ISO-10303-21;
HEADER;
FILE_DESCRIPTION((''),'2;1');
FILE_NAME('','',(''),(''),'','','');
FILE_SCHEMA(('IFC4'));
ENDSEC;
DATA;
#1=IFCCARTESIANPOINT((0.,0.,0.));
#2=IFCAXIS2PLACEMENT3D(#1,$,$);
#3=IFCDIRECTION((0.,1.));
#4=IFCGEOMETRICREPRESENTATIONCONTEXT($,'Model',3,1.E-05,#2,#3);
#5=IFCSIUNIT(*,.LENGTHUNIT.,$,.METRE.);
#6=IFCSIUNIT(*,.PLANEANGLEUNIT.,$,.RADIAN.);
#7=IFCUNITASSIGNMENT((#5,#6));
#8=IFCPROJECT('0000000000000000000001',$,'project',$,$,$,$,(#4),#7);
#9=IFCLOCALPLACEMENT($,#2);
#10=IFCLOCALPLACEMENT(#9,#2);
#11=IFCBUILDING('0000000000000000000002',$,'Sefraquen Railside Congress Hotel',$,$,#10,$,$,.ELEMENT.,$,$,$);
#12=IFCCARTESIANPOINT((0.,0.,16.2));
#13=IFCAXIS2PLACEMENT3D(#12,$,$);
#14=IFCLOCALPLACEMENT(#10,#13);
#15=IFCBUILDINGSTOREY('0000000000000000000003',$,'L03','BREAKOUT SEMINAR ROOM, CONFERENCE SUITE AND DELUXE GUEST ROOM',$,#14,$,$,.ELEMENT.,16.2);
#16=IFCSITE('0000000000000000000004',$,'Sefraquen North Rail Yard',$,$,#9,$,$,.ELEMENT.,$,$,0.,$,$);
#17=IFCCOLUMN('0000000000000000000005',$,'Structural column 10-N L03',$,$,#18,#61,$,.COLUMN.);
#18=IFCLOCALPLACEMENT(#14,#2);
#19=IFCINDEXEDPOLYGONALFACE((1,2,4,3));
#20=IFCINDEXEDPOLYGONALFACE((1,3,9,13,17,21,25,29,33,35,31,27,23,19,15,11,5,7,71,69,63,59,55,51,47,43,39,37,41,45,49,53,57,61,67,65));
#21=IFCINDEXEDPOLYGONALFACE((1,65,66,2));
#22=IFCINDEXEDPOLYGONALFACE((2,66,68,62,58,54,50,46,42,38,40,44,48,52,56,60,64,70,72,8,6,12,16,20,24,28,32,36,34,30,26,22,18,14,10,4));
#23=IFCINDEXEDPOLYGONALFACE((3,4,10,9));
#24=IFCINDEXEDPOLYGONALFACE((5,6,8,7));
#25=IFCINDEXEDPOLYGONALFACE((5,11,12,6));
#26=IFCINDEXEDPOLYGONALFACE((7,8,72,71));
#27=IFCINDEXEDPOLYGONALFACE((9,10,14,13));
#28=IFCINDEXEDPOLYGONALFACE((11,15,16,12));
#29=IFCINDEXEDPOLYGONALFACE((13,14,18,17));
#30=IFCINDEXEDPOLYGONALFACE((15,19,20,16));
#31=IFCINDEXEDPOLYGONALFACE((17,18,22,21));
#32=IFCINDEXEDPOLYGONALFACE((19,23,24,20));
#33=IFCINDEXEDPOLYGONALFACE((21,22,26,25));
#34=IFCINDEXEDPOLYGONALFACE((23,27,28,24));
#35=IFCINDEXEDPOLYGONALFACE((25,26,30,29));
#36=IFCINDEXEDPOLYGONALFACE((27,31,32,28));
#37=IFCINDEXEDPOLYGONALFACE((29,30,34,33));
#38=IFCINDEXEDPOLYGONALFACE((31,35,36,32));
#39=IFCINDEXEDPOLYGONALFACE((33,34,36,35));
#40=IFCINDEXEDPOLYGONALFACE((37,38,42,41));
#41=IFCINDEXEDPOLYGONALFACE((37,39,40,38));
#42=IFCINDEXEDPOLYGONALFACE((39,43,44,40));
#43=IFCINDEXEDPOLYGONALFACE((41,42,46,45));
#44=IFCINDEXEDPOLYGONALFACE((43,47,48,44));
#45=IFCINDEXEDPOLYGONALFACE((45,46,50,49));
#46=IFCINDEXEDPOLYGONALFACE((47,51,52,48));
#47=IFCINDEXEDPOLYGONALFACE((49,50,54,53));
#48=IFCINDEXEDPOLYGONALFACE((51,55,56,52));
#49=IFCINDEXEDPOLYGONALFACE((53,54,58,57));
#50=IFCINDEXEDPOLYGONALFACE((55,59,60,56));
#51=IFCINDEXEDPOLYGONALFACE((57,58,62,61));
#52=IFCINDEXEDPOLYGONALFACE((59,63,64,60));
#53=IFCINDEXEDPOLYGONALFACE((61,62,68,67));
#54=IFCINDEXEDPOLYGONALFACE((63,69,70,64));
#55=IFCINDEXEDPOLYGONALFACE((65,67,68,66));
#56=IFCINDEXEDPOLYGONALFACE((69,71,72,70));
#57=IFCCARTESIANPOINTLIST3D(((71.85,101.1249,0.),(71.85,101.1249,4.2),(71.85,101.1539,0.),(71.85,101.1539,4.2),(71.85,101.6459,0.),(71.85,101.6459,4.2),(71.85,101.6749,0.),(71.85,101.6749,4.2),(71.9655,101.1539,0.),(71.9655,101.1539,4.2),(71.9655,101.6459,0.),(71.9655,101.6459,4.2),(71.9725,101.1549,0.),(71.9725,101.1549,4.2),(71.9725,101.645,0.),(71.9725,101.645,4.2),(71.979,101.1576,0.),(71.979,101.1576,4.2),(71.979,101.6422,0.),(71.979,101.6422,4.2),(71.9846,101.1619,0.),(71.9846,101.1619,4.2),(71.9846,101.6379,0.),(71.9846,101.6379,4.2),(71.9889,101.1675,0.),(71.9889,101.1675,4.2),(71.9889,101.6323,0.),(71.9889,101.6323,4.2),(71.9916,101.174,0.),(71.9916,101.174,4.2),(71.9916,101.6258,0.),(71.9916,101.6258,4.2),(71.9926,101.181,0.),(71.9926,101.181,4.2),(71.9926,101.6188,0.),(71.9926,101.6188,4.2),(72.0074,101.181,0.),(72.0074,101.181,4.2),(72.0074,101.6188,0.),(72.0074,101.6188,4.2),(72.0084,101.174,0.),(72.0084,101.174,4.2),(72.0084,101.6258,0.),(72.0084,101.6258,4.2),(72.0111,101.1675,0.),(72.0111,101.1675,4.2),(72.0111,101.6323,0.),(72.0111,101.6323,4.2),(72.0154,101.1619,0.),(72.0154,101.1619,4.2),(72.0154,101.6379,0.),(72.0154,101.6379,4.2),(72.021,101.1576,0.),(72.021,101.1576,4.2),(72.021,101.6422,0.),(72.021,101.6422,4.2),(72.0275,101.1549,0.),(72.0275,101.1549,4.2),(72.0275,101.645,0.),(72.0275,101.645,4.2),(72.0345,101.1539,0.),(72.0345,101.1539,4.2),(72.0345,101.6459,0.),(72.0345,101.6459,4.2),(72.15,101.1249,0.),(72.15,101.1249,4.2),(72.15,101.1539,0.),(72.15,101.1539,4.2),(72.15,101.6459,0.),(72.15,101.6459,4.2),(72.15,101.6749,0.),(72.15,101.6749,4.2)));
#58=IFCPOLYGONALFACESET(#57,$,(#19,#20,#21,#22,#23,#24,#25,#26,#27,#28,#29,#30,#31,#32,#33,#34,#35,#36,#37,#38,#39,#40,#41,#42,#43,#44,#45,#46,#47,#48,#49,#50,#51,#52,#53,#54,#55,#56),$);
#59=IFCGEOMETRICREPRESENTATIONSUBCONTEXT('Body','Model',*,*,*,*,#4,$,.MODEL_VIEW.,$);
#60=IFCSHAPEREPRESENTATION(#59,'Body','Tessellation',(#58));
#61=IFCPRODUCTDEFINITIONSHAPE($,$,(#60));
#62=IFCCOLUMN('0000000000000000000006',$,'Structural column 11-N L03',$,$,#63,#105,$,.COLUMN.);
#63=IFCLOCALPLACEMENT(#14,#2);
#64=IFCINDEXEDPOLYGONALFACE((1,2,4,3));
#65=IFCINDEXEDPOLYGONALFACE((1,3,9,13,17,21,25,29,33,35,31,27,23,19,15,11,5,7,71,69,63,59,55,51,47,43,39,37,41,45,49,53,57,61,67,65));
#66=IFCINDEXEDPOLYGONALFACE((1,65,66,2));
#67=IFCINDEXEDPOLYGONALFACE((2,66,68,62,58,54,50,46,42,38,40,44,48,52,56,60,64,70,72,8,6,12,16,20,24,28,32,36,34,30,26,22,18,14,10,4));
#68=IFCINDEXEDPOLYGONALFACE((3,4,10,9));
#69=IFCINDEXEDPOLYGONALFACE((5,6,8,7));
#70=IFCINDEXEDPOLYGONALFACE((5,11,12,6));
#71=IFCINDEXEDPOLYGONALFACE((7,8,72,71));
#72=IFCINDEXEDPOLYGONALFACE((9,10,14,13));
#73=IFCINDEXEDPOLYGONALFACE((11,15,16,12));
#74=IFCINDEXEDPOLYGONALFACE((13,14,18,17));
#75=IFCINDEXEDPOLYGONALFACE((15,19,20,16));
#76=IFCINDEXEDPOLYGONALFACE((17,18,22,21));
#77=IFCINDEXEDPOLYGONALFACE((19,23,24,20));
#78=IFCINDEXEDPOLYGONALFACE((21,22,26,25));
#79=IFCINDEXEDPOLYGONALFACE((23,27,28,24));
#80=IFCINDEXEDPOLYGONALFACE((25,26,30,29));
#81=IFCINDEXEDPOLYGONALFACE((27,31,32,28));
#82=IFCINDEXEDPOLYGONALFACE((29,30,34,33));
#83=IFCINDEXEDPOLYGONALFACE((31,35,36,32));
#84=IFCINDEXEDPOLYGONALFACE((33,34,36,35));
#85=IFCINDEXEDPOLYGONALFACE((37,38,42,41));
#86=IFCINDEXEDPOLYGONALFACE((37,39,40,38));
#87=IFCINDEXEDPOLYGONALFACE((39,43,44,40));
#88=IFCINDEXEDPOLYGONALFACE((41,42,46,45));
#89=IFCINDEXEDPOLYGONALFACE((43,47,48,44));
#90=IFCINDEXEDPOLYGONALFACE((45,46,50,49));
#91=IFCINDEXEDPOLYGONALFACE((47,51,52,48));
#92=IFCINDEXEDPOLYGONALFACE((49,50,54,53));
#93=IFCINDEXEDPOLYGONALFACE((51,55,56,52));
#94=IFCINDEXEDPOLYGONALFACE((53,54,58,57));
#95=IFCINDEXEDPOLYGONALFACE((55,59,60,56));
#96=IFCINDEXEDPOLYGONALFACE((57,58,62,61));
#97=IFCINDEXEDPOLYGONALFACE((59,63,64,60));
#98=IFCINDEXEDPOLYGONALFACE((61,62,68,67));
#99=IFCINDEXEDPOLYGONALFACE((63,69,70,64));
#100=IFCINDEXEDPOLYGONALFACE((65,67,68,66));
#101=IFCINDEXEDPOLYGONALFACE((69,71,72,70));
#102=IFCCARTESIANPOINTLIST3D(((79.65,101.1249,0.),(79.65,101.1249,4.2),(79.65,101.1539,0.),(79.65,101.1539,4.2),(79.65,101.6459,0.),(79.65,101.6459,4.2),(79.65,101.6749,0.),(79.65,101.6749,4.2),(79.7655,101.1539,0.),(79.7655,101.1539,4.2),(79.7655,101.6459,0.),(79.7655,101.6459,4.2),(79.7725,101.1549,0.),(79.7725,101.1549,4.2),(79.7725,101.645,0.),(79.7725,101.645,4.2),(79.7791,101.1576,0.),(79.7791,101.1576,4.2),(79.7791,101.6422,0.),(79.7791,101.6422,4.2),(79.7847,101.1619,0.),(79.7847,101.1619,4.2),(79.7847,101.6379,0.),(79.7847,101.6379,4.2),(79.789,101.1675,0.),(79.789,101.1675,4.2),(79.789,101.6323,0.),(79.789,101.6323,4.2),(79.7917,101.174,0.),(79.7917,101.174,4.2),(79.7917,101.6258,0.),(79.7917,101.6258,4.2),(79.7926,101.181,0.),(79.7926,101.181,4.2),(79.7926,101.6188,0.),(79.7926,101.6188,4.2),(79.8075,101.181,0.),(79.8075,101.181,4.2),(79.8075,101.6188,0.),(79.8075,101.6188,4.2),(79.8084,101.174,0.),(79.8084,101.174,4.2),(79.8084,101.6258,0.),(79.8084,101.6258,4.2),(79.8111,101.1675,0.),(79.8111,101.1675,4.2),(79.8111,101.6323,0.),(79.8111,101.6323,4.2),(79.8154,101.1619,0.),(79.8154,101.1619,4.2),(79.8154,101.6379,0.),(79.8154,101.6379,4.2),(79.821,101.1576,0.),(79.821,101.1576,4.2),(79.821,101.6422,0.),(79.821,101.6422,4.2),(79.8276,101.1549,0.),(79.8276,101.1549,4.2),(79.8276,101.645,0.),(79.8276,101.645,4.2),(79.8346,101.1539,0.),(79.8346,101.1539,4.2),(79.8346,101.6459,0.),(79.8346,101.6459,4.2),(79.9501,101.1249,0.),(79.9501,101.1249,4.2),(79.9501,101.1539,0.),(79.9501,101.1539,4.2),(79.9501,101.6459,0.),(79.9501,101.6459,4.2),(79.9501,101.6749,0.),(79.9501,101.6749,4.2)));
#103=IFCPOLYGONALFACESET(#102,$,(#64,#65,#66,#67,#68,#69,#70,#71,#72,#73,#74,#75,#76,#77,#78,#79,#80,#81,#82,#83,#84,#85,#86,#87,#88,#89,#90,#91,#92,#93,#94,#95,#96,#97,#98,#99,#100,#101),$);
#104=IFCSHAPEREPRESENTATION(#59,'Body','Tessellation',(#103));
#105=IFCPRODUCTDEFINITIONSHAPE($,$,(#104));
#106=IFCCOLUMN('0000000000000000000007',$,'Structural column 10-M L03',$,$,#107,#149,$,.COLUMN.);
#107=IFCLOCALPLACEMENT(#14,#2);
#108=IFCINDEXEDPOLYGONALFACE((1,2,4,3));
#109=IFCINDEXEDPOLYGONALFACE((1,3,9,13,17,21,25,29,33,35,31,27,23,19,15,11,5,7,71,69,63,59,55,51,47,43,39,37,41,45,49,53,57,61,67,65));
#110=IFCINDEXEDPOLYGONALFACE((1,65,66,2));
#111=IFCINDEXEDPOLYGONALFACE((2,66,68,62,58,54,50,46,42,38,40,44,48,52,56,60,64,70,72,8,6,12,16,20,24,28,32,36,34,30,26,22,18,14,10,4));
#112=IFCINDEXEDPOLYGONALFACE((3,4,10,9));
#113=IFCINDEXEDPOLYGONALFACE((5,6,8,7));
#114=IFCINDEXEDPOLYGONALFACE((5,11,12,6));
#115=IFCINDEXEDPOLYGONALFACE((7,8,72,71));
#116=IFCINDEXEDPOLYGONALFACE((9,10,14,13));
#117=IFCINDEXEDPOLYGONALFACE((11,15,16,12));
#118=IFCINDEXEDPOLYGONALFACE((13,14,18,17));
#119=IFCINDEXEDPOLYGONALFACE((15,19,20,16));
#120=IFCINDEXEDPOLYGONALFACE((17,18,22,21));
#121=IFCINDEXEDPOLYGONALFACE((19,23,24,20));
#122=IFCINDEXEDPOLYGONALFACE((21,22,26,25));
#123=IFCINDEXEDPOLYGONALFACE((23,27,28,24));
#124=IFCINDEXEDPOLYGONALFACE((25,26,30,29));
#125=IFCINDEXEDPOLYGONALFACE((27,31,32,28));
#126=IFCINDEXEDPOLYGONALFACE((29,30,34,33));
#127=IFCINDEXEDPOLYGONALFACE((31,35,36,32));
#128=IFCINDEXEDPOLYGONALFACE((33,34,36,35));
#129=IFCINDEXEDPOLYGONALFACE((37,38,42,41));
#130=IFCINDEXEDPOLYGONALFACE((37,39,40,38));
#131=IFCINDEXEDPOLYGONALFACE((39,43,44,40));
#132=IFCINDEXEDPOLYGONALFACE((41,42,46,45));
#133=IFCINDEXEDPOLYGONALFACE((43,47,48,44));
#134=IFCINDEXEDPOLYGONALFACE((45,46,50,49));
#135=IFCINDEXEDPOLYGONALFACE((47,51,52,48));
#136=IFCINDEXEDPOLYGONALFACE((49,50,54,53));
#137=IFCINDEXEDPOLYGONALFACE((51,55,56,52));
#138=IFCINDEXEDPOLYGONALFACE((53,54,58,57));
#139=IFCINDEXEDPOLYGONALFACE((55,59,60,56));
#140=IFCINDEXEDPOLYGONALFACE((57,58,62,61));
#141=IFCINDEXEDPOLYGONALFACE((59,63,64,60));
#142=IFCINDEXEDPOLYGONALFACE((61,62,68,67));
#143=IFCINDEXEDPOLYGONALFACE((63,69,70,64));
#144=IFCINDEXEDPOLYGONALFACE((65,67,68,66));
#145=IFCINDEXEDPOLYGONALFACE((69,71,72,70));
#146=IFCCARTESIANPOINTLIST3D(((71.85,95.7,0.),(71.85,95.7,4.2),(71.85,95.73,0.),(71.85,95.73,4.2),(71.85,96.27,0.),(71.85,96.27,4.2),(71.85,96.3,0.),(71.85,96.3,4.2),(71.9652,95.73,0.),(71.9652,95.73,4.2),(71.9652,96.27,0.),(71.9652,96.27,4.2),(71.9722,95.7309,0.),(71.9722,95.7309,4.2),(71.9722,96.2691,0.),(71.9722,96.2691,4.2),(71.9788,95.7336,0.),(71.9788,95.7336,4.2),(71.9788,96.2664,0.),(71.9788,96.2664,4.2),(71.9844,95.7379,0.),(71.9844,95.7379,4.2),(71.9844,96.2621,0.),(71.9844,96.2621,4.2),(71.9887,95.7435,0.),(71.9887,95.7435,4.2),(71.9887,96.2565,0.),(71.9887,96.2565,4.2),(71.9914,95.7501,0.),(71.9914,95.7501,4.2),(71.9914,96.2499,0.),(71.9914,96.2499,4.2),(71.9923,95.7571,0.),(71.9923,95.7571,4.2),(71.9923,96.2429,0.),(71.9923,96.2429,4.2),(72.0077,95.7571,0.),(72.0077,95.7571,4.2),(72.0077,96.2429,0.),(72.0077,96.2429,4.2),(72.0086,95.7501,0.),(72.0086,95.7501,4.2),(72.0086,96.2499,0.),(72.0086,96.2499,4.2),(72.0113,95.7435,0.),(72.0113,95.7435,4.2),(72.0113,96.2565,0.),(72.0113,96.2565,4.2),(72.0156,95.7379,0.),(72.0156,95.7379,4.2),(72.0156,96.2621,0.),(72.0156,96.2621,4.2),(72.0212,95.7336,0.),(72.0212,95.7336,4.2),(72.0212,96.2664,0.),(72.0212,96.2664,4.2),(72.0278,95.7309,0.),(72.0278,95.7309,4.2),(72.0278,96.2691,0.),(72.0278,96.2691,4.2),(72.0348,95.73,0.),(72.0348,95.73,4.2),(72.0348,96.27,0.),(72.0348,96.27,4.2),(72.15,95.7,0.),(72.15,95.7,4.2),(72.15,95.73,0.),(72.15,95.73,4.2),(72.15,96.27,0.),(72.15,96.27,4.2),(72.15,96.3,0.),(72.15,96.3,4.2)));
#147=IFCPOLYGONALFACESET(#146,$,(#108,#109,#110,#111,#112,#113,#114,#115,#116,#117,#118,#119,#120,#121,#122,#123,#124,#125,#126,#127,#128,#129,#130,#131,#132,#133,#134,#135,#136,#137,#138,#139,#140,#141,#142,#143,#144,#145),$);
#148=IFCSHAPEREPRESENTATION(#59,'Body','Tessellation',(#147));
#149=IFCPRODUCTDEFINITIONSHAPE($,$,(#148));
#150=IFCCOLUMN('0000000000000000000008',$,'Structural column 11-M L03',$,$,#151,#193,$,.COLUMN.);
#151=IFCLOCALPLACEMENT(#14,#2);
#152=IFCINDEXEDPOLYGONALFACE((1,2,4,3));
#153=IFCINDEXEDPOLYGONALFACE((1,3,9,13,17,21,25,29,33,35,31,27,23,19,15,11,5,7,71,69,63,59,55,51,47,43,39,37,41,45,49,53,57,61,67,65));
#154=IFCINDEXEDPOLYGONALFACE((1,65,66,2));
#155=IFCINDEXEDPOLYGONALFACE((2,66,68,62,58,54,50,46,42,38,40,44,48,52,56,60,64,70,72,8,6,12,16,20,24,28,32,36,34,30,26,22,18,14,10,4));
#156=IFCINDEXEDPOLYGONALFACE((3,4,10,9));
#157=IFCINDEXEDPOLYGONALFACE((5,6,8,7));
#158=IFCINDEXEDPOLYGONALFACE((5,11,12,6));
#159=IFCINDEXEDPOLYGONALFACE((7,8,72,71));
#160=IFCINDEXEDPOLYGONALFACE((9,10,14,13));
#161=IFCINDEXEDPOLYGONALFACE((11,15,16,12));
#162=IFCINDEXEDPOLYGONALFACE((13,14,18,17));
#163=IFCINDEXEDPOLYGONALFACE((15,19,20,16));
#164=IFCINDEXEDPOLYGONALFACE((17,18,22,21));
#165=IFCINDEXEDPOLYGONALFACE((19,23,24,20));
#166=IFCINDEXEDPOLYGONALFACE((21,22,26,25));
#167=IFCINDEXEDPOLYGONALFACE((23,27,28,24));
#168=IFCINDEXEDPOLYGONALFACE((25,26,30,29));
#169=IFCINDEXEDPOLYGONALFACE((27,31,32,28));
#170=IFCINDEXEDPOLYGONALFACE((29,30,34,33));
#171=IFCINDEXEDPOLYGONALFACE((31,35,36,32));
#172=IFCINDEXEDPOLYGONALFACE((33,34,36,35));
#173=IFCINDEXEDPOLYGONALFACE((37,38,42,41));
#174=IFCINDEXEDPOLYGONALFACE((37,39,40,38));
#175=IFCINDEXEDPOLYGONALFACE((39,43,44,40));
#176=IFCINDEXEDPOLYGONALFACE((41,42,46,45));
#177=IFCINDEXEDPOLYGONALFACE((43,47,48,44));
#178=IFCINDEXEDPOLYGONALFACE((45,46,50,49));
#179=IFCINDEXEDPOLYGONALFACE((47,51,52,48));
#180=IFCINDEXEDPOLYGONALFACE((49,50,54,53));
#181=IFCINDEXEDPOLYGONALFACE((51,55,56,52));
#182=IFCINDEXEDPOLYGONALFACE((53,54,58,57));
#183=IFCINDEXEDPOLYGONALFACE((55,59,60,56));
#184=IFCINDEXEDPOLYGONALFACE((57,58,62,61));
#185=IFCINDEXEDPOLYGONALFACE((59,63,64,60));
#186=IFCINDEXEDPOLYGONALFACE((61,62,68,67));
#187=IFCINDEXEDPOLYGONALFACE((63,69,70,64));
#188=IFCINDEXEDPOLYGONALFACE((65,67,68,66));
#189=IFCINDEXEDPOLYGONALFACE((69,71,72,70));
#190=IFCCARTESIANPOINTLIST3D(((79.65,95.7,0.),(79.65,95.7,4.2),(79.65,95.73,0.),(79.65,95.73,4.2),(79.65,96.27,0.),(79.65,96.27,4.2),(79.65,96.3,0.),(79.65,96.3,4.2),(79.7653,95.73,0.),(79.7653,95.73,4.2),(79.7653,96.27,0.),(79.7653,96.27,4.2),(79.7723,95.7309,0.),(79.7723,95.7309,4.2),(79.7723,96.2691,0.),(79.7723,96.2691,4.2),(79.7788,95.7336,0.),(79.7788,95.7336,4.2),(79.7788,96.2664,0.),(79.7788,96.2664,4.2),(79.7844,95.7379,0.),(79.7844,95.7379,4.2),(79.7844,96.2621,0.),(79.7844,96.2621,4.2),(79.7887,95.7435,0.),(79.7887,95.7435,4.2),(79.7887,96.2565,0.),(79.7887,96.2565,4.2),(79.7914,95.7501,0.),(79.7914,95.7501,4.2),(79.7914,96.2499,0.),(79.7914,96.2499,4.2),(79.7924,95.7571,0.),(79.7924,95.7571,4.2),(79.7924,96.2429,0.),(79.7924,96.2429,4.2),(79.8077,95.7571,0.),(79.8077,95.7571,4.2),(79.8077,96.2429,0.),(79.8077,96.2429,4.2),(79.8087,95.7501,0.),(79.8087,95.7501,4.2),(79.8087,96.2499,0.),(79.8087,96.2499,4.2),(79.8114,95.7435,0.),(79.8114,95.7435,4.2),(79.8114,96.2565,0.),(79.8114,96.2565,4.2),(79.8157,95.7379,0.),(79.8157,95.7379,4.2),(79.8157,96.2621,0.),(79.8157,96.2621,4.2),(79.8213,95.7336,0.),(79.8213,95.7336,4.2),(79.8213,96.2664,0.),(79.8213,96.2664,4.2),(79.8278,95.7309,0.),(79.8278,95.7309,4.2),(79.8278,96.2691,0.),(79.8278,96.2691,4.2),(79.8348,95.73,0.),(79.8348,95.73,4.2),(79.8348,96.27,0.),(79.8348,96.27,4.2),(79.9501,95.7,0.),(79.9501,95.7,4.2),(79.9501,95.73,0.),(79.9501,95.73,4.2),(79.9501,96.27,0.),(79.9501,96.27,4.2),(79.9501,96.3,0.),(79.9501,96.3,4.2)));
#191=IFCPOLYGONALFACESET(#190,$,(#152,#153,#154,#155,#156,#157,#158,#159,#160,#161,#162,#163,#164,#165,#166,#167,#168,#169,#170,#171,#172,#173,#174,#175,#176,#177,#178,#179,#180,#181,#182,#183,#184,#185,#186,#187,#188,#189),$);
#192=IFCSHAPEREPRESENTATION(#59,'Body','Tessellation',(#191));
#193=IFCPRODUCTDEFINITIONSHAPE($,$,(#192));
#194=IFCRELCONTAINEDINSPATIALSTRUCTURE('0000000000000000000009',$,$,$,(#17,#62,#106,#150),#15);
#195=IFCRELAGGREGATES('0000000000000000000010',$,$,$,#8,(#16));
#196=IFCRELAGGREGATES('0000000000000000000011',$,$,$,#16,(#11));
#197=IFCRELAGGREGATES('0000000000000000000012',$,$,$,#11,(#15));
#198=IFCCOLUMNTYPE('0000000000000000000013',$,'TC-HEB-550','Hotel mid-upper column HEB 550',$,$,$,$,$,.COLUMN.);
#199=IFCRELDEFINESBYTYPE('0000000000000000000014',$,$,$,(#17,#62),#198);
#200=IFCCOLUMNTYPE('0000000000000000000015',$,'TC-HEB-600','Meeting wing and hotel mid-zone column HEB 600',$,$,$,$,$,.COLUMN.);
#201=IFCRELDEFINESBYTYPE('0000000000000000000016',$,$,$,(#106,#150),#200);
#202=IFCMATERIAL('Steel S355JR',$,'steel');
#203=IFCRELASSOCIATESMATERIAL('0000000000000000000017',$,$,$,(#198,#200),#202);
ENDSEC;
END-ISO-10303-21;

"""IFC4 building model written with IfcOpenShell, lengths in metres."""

from ifc_helpers import new_model, si_unit, direction, frame, origin, origin_2d, place, context, subcontext, project, spatial, i_section, extrude, material, material_profile, profile_set, type_object, element, save


model = new_model("IFC4")

# Units and contexts
model_context = context("Model", 3, precision=1e-05, world=origin(), true_north=direction((0.0, 1.0)))
body_context = subcontext(model_context, "Body", "Model", "MODEL_VIEW")
ifc_project = project(units=[si_unit("LENGTHUNIT", "METRE"), si_unit("PLANEANGLEUNIT", "RADIAN")], contexts=[model_context])

# Site, building, storey
site_placement = place(None, origin())
site = spatial("IfcSite", under=ifc_project, at=site_placement, Name="Sefraquen North Rail Yard", CompositionType="ELEMENT", RefElevation=0.0)
building_placement = place(site_placement, origin())
building = spatial("IfcBuilding", under=site, at=building_placement, Name="Sefraquen Railside Congress Hotel", CompositionType="ELEMENT")
storey_placement = place(building_placement, frame((0.0, 0.0, 16.2)))
storey = spatial("IfcBuildingStorey", under=building, at=storey_placement, Name="L03", Description="BREAKOUT SEMINAR ROOM, CONFERENCE SUITE AND DELUXE GUEST ROOM", CompositionType="ELEMENT", Elevation=16.2)

# Columns
ifc_material_1 = material(Name="Steel S355JR", Category="steel")
ifc_material_profile_1 = material_profile(ifc_material_1, i_section(OverallWidth=0.3, OverallDepth=0.55, WebThickness=0.0149, FlangeThickness=0.0291, FilletRadius=0.0271, at=origin_2d()), Name="HEB 550")
ifc_profile_set_1 = profile_set([ifc_material_profile_1], Name="Steel S355JR")
column_type_1 = type_object("IfcColumnType", Name="TC-HEB-550", Description="Hotel mid-upper column HEB 550", PredefinedType="COLUMN", material=ifc_profile_set_1)
for number, where, z_axis, x_axis, name in (
    (1, (72.0, 101.3999, 0.0), (0.0, 0.0, 1.0), (1.0, 0.0, 0.0), "Structural column 10-N L03"),
    (2, (79.8, 101.3999, 0.0), (0.0, 0.0, 1.0), (1.0, 0.0, 0.0), "Structural column 11-N L03"),
):
    element("IfcColumn", number, at=place(storey_placement, frame(where, z_axis=z_axis, x_axis=x_axis)), inside=storey, type_object=column_type_1, Name=name, PredefinedType="COLUMN", context=body_context, shape_type="SweptSolid", body=[
        extrude(i_section(OverallWidth=0.3, OverallDepth=0.55, WebThickness=0.0149, FlangeThickness=0.0291, FilletRadius=0.0271, at=origin_2d()), origin(), (0.0, 0.0, 1.0), 4.2),
    ])
ifc_material_profile_2 = material_profile(ifc_material_1, i_section(OverallWidth=0.3, OverallDepth=0.6001, WebThickness=0.0154, FlangeThickness=0.03, FilletRadius=0.0271, at=origin_2d()), Name="HEB 600")
ifc_profile_set_2 = profile_set([ifc_material_profile_2], Name="Steel S355JR")
column_type_2 = type_object("IfcColumnType", Name="TC-HEB-600", Description="Meeting wing and hotel mid-zone column HEB 600", PredefinedType="COLUMN", material=ifc_profile_set_2)
for number, where, z_axis, x_axis, name in (
    (3, (72.0, 96.0, 0.0), (0.0, 0.0, 1.0), (1.0, 0.0, 0.0), "Structural column 10-M L03"),
    (4, (79.8, 96.0, 0.0), (0.0, 0.0, 1.0), (1.0, 0.0, 0.0), "Structural column 11-M L03"),
):
    element("IfcColumn", number, at=place(storey_placement, frame(where, z_axis=z_axis, x_axis=x_axis)), inside=storey, type_object=column_type_2, Name=name, PredefinedType="COLUMN", context=body_context, shape_type="SweptSolid", body=[
        extrude(i_section(OverallWidth=0.3, OverallDepth=0.6001, WebThickness=0.0154, FlangeThickness=0.03, FilletRadius=0.0271, at=origin_2d()), origin(), (0.0, 0.0, 1.0), 4.2),
    ])

save(model, "model.ifc")
